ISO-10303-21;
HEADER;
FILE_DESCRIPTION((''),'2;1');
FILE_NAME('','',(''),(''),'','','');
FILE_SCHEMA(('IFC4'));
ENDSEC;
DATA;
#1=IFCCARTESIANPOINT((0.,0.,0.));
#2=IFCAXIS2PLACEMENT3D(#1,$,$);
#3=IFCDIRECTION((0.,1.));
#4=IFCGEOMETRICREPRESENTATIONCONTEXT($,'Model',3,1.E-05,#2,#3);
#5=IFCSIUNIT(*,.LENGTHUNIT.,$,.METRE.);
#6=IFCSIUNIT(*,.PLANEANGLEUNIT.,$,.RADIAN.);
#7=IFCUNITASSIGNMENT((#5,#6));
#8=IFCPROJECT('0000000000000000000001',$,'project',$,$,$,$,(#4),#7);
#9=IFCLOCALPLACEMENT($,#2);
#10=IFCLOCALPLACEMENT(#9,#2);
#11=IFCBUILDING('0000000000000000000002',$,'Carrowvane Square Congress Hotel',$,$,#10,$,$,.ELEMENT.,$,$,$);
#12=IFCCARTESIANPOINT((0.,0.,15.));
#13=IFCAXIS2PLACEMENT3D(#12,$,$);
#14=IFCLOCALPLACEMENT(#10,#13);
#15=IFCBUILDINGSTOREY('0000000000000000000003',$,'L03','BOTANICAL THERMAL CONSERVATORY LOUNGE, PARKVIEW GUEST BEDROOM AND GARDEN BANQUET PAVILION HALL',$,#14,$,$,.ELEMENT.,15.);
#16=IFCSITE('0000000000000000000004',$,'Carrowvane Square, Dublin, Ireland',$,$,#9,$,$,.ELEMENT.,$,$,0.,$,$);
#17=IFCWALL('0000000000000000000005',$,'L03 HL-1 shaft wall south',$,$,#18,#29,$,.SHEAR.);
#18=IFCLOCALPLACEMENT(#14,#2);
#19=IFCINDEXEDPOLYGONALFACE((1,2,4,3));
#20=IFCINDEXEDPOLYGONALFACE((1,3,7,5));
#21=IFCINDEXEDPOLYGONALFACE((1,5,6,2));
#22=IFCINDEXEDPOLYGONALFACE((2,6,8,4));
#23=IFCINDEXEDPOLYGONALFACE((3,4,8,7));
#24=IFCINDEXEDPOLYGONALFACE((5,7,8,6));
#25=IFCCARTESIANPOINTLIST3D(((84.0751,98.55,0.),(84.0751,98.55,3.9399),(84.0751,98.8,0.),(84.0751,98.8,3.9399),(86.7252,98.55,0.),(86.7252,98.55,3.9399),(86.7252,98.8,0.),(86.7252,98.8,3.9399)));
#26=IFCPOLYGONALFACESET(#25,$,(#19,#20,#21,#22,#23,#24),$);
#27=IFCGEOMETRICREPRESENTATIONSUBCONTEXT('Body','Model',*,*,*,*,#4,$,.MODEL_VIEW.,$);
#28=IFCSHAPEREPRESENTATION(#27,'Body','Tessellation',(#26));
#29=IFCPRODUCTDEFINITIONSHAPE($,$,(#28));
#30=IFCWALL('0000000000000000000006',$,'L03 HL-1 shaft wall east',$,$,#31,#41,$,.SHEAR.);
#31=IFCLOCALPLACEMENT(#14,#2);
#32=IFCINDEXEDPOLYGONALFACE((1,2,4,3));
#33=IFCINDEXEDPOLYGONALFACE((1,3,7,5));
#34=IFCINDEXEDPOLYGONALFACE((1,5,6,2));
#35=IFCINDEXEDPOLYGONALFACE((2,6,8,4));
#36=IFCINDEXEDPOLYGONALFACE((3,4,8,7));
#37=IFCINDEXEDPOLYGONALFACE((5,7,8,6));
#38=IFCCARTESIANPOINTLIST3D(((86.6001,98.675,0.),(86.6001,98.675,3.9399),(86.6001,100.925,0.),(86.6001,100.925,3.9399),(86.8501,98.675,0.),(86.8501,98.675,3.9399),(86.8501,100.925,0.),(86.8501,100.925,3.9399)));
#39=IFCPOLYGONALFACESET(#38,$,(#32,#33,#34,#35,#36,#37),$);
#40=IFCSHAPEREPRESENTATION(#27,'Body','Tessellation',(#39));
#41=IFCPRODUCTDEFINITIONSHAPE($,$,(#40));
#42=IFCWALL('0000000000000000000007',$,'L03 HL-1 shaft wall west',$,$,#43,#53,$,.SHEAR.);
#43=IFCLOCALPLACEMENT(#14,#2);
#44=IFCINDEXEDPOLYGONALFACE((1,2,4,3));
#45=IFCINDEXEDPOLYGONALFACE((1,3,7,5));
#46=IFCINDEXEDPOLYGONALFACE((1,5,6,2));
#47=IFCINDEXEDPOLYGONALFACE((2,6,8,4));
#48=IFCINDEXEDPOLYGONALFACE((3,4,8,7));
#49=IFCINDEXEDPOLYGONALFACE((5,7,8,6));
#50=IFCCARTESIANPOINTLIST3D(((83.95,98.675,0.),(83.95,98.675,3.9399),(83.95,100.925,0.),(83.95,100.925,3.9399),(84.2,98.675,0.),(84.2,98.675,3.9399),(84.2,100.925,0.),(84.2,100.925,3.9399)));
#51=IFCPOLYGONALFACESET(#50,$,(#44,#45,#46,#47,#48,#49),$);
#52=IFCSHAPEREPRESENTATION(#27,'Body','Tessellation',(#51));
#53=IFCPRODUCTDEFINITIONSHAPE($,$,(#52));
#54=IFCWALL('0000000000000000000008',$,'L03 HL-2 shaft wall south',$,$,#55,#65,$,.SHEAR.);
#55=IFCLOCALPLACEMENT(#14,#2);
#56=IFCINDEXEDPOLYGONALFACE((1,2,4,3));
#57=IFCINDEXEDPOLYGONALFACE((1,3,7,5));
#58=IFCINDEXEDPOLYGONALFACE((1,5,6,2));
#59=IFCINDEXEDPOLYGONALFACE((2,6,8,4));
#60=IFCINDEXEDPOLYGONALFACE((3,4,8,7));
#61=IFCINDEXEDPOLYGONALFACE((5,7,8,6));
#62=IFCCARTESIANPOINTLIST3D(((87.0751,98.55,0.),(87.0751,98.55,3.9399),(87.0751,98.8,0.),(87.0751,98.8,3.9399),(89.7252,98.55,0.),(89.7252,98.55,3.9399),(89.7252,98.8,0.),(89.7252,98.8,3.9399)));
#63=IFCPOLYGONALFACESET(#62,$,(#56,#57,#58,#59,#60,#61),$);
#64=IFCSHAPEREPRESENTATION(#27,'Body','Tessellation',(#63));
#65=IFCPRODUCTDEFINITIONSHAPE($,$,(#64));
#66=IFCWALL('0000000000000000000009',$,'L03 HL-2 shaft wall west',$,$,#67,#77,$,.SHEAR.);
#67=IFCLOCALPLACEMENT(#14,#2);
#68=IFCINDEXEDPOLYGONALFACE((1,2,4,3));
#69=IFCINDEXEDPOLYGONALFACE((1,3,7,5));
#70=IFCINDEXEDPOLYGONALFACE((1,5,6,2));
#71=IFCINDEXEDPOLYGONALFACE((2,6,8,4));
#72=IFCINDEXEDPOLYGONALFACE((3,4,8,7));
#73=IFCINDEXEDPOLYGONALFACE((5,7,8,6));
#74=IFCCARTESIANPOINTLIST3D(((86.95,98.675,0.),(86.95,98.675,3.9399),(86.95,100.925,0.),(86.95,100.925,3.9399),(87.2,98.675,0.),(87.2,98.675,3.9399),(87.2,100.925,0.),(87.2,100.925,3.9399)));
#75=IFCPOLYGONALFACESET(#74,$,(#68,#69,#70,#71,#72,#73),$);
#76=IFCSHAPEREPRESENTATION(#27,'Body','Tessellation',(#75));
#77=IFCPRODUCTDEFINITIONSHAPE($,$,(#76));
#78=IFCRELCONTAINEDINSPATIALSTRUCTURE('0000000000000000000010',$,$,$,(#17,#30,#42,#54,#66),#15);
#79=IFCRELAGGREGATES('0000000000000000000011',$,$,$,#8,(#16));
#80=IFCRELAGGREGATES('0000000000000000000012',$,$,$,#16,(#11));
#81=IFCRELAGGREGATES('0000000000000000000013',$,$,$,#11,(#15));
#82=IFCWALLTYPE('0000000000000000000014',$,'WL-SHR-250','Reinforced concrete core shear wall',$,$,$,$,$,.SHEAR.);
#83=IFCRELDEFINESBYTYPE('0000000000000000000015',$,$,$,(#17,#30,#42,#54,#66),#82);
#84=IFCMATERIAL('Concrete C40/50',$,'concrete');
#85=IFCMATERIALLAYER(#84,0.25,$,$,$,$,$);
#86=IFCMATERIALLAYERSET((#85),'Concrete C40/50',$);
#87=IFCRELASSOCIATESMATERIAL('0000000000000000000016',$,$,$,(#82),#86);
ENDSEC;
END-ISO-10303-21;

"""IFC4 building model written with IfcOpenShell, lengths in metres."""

from ifc_helpers import new_model, si_unit, direction, frame, frame_2d, origin, place, context, subcontext, project, spatial, rectangle, extrude, material, layer, layer_set, type_object, element, save


model = new_model("IFC4")

# Units and contexts
model_context = context("Model", 3, precision=1e-05, world=origin(), true_north=direction((0.0, 1.0)))
body_context = subcontext(model_context, "Body", "Model", "MODEL_VIEW")
ifc_project = project(units=[si_unit("LENGTHUNIT", "METRE"), si_unit("PLANEANGLEUNIT", "RADIAN")], contexts=[model_context])

# Site, building, storey
site_placement = place(None, origin())
site = spatial("IfcSite", under=ifc_project, at=site_placement, Name="Carrowvane Square, Dublin, Ireland", CompositionType="ELEMENT", RefElevation=0.0)
building_placement = place(site_placement, origin())
building = spatial("IfcBuilding", under=site, at=building_placement, Name="Carrowvane Square Congress Hotel", CompositionType="ELEMENT")
storey_placement = place(building_placement, frame((0.0, 0.0, 15.0)))
storey = spatial("IfcBuildingStorey", under=building, at=storey_placement, Name="L03", Description="BOTANICAL THERMAL CONSERVATORY LOUNGE, PARKVIEW GUEST BEDROOM AND GARDEN BANQUET PAVILION HALL", CompositionType="ELEMENT", Elevation=15.0)

# Shared definitions
ifc_material_1 = material(Name="Concrete C40/50", Category="concrete")
ifc_layer_1 = layer(ifc_material_1, 0.25)
ifc_layer_set_1 = layer_set([ifc_layer_1], Name="Concrete C40/50")
wall_type_1 = type_object("IfcWallType", Name="WL-SHR-250", Description="Reinforced concrete core shear wall", PredefinedType="SHEAR", material=ifc_layer_set_1)

# Walls
wall_1_placement = place(storey_placement, frame((84.075, 98.675, 0.0), z_axis=(0.0, 0.0, 1.0), x_axis=(1.0, 0.0, 0.0)))
element("IfcWall", 1, at=wall_1_placement, inside=storey, type_object=wall_type_1, Name="L03 HL-1 shaft wall south", PredefinedType="SHEAR", context=body_context, shape_type="SweptSolid", body=[
    extrude(rectangle(XDim=2.6501, YDim=0.25, at=frame_2d((1.3252, 0.0))), origin(), (0.0, 0.0, 1.0), 3.9399),
])
wall_2_placement = place(storey_placement, frame((86.7251, 98.675, 0.0), z_axis=(0.0, 0.0, 1.0), x_axis=(0.0, 1.0, 0.0)))
element("IfcWall", 2, at=wall_2_placement, inside=storey, type_object=wall_type_1, Name="L03 HL-1 shaft wall east", PredefinedType="SHEAR", context=body_context, shape_type="SweptSolid", body=[
    extrude(rectangle(XDim=2.25, YDim=0.25, at=frame_2d((1.125, 0.0))), origin(), (0.0, 0.0, 1.0), 3.9399),
])

# Walls
wall_3_placement = place(storey_placement, frame((84.075, 100.925, 0.0), z_axis=(0.0, 0.0, 1.0), x_axis=(0.0, -1.0, 0.0)))
element("IfcWall", 3, at=wall_3_placement, inside=storey, type_object=wall_type_1, Name="L03 HL-1 shaft wall west", PredefinedType="SHEAR", context=body_context, shape_type="SweptSolid", body=[
    extrude(rectangle(XDim=2.25, YDim=0.25, at=frame_2d((1.125, 0.0))), origin(), (0.0, 0.0, 1.0), 3.9399),
])
wall_4_placement = place(storey_placement, frame((87.075, 98.675, 0.0), z_axis=(0.0, 0.0, 1.0), x_axis=(1.0, 0.0, 0.0)))
element("IfcWall", 4, at=wall_4_placement, inside=storey, type_object=wall_type_1, Name="L03 HL-2 shaft wall south", PredefinedType="SHEAR", context=body_context, shape_type="SweptSolid", body=[
    extrude(rectangle(XDim=2.6501, YDim=0.25, at=frame_2d((1.3252, 0.0))), origin(), (0.0, 0.0, 1.0), 3.9399),
])
wall_5_placement = place(storey_placement, frame((87.075, 100.925, 0.0), z_axis=(0.0, 0.0, 1.0), x_axis=(0.0, -1.0, 0.0)))
element("IfcWall", 5, at=wall_5_placement, inside=storey, type_object=wall_type_1, Name="L03 HL-2 shaft wall west", PredefinedType="SHEAR", context=body_context, shape_type="SweptSolid", body=[
    extrude(rectangle(XDim=2.25, YDim=0.25, at=frame_2d((1.125, 0.0))), origin(), (0.0, 0.0, 1.0), 3.9399),
])

save(model, "model.ifc")
